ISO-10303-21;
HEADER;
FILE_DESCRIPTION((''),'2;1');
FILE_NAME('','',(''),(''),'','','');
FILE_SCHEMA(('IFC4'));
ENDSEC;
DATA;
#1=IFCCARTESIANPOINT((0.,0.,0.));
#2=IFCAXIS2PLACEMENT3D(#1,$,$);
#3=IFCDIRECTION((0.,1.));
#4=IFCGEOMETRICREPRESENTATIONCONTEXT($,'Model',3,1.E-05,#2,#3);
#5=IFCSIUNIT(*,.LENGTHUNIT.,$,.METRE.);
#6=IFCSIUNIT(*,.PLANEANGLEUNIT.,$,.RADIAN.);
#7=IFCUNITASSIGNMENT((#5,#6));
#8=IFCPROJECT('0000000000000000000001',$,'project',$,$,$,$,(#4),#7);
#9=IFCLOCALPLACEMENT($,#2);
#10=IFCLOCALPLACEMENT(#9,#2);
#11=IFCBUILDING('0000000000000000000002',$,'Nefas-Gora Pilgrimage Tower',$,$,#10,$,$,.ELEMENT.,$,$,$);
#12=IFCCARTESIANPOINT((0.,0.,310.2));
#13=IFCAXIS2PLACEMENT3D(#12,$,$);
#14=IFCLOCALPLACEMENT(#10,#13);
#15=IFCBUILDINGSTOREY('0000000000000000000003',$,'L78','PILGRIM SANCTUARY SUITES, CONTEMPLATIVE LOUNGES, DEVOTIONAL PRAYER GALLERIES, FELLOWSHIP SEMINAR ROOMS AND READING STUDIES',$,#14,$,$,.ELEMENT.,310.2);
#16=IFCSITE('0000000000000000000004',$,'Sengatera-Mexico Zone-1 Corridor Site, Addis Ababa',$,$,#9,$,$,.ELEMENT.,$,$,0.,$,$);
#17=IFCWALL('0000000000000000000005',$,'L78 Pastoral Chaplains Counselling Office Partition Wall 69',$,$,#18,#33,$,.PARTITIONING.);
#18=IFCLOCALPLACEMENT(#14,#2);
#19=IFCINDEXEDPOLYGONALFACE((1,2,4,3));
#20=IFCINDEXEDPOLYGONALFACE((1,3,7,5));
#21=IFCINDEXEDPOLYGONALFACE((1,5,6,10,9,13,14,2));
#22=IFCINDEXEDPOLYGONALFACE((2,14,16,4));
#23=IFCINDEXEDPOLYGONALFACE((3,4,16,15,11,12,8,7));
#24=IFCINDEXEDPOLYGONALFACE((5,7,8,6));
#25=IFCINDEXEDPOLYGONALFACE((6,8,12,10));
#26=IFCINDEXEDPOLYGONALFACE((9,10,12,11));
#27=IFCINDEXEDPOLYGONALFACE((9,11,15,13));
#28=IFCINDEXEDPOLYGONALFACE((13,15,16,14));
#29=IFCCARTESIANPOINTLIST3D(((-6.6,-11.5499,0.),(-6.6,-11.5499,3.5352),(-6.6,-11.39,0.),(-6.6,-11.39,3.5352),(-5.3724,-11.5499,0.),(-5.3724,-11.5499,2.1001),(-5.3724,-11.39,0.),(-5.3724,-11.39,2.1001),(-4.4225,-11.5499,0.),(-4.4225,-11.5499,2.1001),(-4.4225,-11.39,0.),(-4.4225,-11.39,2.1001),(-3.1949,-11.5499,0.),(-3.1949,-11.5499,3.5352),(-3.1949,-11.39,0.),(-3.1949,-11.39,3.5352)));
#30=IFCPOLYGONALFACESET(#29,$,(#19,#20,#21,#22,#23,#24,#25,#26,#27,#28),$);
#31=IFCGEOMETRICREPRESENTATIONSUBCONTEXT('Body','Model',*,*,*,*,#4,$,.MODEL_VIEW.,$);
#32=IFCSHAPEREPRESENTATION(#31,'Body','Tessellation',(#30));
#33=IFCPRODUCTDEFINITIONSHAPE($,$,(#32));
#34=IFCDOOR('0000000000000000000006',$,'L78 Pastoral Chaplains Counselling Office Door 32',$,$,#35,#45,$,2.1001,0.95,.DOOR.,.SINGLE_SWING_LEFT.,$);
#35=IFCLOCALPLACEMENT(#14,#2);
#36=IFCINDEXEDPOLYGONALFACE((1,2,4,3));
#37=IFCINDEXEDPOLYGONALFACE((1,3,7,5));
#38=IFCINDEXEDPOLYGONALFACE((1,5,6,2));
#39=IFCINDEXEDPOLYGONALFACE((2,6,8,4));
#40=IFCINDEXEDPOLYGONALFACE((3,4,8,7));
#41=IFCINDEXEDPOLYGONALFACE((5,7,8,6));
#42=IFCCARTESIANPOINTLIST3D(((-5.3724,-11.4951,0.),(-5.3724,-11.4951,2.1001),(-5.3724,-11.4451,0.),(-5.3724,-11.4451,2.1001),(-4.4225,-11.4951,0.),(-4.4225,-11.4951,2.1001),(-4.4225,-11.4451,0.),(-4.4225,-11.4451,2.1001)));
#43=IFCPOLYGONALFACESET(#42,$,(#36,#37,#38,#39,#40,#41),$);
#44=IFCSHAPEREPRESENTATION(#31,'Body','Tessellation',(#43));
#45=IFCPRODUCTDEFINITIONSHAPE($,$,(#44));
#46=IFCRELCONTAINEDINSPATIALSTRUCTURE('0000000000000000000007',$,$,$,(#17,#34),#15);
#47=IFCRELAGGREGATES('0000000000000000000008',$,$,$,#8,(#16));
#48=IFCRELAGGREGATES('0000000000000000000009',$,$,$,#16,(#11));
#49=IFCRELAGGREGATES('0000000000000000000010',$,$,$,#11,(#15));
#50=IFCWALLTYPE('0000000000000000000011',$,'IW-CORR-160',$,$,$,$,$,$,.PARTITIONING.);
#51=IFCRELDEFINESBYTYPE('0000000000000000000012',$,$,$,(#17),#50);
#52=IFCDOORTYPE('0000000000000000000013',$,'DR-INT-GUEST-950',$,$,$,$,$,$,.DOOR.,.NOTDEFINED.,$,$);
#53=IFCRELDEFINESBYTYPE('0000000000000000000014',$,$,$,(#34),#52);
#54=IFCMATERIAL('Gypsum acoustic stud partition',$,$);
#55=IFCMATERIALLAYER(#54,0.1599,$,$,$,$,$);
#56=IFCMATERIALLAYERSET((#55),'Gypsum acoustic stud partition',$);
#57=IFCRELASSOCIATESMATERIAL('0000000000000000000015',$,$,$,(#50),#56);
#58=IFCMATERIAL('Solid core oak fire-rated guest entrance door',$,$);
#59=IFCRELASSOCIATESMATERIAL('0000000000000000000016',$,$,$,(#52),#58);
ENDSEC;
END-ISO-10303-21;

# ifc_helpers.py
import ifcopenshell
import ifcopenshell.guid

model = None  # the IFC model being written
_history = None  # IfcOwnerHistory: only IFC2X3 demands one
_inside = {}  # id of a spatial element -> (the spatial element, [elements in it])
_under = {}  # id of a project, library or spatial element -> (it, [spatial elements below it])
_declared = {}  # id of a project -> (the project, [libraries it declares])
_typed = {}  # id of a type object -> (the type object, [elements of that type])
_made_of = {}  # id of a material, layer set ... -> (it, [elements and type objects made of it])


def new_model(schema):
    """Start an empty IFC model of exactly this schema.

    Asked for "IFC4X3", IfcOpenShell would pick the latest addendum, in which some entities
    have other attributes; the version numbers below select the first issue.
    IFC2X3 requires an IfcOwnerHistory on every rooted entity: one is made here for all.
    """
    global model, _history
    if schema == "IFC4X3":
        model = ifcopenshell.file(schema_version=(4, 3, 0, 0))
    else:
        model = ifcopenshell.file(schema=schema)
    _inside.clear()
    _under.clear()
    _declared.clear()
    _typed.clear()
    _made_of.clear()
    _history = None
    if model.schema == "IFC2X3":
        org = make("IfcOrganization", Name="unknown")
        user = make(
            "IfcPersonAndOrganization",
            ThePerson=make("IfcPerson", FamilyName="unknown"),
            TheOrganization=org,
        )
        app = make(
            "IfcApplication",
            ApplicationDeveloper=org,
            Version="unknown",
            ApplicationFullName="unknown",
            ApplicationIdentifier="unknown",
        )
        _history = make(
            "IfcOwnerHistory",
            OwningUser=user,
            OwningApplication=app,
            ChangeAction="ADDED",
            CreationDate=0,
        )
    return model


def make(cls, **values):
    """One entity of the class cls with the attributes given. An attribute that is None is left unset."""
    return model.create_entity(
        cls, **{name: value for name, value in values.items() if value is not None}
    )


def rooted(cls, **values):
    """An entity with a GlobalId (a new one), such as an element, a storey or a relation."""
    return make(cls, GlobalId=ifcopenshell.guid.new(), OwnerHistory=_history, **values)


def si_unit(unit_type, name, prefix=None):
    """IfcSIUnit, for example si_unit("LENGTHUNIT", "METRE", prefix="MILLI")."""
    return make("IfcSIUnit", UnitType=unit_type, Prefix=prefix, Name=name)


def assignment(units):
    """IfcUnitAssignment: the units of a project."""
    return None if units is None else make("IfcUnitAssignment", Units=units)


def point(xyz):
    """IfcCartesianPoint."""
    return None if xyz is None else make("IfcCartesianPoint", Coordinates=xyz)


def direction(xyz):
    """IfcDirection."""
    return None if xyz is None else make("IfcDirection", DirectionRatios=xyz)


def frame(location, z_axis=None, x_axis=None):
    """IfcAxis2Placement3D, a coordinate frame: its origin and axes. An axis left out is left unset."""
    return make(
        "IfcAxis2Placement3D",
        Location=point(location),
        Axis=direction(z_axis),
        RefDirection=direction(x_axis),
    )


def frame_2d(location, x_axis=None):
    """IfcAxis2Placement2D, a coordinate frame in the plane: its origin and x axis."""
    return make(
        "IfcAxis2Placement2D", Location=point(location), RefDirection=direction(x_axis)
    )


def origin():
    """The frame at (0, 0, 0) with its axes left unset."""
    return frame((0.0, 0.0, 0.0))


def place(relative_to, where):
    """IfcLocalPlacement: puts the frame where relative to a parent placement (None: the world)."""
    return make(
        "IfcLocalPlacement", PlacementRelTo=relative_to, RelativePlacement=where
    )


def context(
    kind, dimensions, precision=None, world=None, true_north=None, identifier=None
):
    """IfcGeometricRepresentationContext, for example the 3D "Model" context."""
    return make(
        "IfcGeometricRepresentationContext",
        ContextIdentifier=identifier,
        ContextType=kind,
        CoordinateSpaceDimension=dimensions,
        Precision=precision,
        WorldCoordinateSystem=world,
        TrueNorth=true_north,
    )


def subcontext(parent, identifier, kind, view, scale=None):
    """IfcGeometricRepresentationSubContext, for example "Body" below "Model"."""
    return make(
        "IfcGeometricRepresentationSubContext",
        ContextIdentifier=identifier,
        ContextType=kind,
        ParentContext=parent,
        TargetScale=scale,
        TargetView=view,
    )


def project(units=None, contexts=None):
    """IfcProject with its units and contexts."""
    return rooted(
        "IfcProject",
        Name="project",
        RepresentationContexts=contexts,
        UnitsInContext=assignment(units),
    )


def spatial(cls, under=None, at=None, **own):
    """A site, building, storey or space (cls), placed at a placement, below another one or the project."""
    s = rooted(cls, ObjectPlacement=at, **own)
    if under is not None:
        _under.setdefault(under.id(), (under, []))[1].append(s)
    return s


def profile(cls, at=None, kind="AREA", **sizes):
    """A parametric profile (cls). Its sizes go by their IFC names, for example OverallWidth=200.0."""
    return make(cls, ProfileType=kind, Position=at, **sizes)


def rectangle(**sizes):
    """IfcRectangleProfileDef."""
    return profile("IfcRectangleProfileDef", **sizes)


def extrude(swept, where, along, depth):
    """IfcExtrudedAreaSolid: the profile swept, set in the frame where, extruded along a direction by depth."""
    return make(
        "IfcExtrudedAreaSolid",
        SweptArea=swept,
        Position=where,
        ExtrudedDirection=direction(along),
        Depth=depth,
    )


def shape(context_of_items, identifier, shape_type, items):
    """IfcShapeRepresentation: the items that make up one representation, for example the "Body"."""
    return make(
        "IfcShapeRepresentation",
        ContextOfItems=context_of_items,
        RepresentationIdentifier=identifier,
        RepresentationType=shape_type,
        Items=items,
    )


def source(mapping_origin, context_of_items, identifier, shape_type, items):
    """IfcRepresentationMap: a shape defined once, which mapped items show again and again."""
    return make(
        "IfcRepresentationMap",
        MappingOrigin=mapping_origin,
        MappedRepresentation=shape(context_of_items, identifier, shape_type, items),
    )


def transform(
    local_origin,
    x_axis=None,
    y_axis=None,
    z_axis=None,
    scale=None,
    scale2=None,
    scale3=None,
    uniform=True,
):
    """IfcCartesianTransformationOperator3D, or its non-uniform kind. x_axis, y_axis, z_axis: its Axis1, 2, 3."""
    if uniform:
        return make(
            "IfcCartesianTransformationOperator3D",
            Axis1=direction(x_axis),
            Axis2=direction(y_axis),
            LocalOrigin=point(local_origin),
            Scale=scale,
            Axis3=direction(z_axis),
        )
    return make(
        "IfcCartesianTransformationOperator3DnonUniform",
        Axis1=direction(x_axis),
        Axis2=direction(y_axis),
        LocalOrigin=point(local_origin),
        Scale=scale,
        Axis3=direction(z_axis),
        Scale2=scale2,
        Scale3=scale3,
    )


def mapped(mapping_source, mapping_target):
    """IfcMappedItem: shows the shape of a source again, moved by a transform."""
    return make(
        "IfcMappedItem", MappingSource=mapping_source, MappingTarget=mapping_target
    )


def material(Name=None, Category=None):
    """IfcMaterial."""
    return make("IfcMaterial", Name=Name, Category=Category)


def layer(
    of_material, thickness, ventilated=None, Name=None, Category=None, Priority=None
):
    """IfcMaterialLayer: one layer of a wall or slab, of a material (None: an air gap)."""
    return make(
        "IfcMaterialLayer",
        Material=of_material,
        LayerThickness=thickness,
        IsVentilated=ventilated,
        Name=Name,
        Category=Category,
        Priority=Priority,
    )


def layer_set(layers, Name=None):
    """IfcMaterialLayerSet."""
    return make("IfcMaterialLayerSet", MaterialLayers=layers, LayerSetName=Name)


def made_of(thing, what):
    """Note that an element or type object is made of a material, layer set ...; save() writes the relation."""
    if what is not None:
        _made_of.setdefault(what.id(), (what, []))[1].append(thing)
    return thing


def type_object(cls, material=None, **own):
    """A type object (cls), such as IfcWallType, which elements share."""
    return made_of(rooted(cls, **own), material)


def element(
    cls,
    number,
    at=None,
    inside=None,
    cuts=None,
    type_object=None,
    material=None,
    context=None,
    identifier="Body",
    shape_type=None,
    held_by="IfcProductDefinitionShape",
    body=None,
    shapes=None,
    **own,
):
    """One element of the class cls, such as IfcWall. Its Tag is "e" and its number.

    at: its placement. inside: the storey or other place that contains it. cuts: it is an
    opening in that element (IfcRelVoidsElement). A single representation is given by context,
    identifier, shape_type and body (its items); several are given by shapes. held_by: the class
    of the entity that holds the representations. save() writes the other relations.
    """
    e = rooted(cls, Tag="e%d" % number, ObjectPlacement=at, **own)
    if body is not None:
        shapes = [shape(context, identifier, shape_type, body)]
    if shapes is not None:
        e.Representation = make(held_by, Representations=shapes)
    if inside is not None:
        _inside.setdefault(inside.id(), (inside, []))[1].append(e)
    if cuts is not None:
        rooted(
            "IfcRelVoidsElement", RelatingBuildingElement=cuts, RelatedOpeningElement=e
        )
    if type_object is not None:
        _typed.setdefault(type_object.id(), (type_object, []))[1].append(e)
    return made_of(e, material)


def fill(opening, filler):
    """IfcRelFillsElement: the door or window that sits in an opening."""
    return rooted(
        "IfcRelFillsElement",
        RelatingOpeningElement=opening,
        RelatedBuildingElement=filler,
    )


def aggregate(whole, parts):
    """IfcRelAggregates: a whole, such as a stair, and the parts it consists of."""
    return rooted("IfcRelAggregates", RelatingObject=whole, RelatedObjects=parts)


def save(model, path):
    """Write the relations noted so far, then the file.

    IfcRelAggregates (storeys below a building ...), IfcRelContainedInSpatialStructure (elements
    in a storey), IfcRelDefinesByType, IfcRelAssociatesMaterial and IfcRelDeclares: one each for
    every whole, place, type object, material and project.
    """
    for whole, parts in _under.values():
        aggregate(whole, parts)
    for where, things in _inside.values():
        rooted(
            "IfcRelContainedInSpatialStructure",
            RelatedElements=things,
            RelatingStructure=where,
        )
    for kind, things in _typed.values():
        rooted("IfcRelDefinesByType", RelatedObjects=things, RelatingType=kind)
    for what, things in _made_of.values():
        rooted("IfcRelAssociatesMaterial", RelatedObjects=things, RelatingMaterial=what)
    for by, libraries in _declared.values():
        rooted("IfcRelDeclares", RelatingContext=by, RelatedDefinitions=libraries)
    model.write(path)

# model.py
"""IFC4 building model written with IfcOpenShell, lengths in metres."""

from ifc_helpers import new_model, si_unit, direction, frame, frame_2d, origin, place, context, subcontext, project, spatial, rectangle, extrude, source, transform, mapped, material, layer, layer_set, type_object, element, fill, save


model = new_model("IFC4")

# Units and contexts
model_context = context("Model", 3, precision=1e-05, world=origin(), true_north=direction((0.0, 1.0)))
body_context = subcontext(model_context, "Body", "Model", "MODEL_VIEW")
ifc_project = project(units=[si_unit("LENGTHUNIT", "METRE"), si_unit("PLANEANGLEUNIT", "RADIAN")], contexts=[model_context])

# Site, building, storey
site_placement = place(None, origin())
site = spatial("IfcSite", under=ifc_project, at=site_placement, Name="Sengatera-Mexico Zone-1 Corridor Site, Addis Ababa", CompositionType="ELEMENT", RefElevation=0.0)
building_placement = place(site_placement, origin())
building = spatial("IfcBuilding", under=site, at=building_placement, Name="Nefas-Gora Pilgrimage Tower", CompositionType="ELEMENT")
storey_placement = place(building_placement, frame((0.0, 0.0, 310.2)))
storey = spatial("IfcBuildingStorey", under=building, at=storey_placement, Name="L78", Description="PILGRIM SANCTUARY SUITES, CONTEMPLATIVE LOUNGES, DEVOTIONAL PRAYER GALLERIES, FELLOWSHIP SEMINAR ROOMS AND READING STUDIES", CompositionType="ELEMENT", Elevation=310.2)

# Shared definitions
ifc_material_1 = material(Name="Gypsum acoustic stud partition")
ifc_layer_1 = layer(ifc_material_1, 0.1599)
ifc_layer_set_1 = layer_set([ifc_layer_1], Name="Gypsum acoustic stud partition")
wall_type_1 = type_object("IfcWallType", Name="IW-CORR-160", PredefinedType="PARTITIONING", material=ifc_layer_set_1)
ifc_material_2 = material(Name="Solid core oak fire-rated guest entrance door")
door_type_1 = type_object("IfcDoorType", Name="DR-INT-GUEST-950", OperationType="NOTDEFINED", PredefinedType="DOOR", material=ifc_material_2)
shared_shape_1 = source(origin(), body_context, "Body", "SweptSolid", [
    extrude(rectangle(XDim=0.95, YDim=2.1001, at=frame_2d((0.4751, 1.05))), frame((0.0, 0.0249, 0.0), z_axis=(0.0, -1.0, 0.0), x_axis=(1.0, 0.0, 0.0)), (0.0, 0.0, 1.0), 0.05),
])

# Wall, opening, door
shared_shape_2 = source(origin(), body_context, "Body", "SweptSolid", [
    extrude(rectangle(XDim=3.405, YDim=0.1599, at=frame_2d((1.7026, 0.0))), origin(), (0.0, 0.0, 1.0), 3.5352),
])
wall_1_placement = place(storey_placement, frame((-6.6001, -11.47, 0.0), z_axis=(0.0, 0.0, 1.0), x_axis=(1.0, 0.0, 0.0)))
wall_1 = element("IfcWall", 1, at=wall_1_placement, inside=storey, type_object=wall_type_1, Name="L78 Pastoral Chaplains Counselling Office Partition Wall 69", PredefinedType="PARTITIONING", context=body_context, shape_type="MappedRepresentation", body=[
    mapped(shared_shape_2, transform((0.0, 0.0, 0.0), x_axis=(1.0, 0.0, 0.0), y_axis=(0.0, 1.0, 0.0), z_axis=(0.0, 0.0, 1.0), scale=1.0)),
])
opening_1_placement = place(wall_1_placement, frame((1.2275, 0.0, 0.0)))
opening_1 = element("IfcOpeningElement", 2, at=opening_1_placement, cuts=wall_1, PredefinedType="OPENING", context=body_context, shape_type="SweptSolid", body=[
    extrude(rectangle(XDim=0.95, YDim=2.1001, at=frame_2d((0.4751, 1.05))), frame((0.0, 0.0898, 0.0), z_axis=(0.0, -1.0, 0.0), x_axis=(1.0, 0.0, 0.0)), (0.0, 0.0, 1.0), 0.1799),
])
door_1_placement = place(opening_1_placement, origin())
door_1 = element("IfcDoor", 3, at=door_1_placement, inside=storey, type_object=door_type_1, Name="L78 Pastoral Chaplains Counselling Office Door 32", OperationType="SINGLE_SWING_LEFT", OverallHeight=2.1001, OverallWidth=0.95, PredefinedType="DOOR", context=body_context, shape_type="MappedRepresentation", body=[
    mapped(shared_shape_1, transform((0.0, 0.0, 0.0), x_axis=(1.0, 0.0, 0.0), y_axis=(0.0, 1.0, 0.0), z_axis=(0.0, 0.0, 1.0), scale=1.0)),
])
fill(opening_1, door_1)

save(model, "model.ifc")
